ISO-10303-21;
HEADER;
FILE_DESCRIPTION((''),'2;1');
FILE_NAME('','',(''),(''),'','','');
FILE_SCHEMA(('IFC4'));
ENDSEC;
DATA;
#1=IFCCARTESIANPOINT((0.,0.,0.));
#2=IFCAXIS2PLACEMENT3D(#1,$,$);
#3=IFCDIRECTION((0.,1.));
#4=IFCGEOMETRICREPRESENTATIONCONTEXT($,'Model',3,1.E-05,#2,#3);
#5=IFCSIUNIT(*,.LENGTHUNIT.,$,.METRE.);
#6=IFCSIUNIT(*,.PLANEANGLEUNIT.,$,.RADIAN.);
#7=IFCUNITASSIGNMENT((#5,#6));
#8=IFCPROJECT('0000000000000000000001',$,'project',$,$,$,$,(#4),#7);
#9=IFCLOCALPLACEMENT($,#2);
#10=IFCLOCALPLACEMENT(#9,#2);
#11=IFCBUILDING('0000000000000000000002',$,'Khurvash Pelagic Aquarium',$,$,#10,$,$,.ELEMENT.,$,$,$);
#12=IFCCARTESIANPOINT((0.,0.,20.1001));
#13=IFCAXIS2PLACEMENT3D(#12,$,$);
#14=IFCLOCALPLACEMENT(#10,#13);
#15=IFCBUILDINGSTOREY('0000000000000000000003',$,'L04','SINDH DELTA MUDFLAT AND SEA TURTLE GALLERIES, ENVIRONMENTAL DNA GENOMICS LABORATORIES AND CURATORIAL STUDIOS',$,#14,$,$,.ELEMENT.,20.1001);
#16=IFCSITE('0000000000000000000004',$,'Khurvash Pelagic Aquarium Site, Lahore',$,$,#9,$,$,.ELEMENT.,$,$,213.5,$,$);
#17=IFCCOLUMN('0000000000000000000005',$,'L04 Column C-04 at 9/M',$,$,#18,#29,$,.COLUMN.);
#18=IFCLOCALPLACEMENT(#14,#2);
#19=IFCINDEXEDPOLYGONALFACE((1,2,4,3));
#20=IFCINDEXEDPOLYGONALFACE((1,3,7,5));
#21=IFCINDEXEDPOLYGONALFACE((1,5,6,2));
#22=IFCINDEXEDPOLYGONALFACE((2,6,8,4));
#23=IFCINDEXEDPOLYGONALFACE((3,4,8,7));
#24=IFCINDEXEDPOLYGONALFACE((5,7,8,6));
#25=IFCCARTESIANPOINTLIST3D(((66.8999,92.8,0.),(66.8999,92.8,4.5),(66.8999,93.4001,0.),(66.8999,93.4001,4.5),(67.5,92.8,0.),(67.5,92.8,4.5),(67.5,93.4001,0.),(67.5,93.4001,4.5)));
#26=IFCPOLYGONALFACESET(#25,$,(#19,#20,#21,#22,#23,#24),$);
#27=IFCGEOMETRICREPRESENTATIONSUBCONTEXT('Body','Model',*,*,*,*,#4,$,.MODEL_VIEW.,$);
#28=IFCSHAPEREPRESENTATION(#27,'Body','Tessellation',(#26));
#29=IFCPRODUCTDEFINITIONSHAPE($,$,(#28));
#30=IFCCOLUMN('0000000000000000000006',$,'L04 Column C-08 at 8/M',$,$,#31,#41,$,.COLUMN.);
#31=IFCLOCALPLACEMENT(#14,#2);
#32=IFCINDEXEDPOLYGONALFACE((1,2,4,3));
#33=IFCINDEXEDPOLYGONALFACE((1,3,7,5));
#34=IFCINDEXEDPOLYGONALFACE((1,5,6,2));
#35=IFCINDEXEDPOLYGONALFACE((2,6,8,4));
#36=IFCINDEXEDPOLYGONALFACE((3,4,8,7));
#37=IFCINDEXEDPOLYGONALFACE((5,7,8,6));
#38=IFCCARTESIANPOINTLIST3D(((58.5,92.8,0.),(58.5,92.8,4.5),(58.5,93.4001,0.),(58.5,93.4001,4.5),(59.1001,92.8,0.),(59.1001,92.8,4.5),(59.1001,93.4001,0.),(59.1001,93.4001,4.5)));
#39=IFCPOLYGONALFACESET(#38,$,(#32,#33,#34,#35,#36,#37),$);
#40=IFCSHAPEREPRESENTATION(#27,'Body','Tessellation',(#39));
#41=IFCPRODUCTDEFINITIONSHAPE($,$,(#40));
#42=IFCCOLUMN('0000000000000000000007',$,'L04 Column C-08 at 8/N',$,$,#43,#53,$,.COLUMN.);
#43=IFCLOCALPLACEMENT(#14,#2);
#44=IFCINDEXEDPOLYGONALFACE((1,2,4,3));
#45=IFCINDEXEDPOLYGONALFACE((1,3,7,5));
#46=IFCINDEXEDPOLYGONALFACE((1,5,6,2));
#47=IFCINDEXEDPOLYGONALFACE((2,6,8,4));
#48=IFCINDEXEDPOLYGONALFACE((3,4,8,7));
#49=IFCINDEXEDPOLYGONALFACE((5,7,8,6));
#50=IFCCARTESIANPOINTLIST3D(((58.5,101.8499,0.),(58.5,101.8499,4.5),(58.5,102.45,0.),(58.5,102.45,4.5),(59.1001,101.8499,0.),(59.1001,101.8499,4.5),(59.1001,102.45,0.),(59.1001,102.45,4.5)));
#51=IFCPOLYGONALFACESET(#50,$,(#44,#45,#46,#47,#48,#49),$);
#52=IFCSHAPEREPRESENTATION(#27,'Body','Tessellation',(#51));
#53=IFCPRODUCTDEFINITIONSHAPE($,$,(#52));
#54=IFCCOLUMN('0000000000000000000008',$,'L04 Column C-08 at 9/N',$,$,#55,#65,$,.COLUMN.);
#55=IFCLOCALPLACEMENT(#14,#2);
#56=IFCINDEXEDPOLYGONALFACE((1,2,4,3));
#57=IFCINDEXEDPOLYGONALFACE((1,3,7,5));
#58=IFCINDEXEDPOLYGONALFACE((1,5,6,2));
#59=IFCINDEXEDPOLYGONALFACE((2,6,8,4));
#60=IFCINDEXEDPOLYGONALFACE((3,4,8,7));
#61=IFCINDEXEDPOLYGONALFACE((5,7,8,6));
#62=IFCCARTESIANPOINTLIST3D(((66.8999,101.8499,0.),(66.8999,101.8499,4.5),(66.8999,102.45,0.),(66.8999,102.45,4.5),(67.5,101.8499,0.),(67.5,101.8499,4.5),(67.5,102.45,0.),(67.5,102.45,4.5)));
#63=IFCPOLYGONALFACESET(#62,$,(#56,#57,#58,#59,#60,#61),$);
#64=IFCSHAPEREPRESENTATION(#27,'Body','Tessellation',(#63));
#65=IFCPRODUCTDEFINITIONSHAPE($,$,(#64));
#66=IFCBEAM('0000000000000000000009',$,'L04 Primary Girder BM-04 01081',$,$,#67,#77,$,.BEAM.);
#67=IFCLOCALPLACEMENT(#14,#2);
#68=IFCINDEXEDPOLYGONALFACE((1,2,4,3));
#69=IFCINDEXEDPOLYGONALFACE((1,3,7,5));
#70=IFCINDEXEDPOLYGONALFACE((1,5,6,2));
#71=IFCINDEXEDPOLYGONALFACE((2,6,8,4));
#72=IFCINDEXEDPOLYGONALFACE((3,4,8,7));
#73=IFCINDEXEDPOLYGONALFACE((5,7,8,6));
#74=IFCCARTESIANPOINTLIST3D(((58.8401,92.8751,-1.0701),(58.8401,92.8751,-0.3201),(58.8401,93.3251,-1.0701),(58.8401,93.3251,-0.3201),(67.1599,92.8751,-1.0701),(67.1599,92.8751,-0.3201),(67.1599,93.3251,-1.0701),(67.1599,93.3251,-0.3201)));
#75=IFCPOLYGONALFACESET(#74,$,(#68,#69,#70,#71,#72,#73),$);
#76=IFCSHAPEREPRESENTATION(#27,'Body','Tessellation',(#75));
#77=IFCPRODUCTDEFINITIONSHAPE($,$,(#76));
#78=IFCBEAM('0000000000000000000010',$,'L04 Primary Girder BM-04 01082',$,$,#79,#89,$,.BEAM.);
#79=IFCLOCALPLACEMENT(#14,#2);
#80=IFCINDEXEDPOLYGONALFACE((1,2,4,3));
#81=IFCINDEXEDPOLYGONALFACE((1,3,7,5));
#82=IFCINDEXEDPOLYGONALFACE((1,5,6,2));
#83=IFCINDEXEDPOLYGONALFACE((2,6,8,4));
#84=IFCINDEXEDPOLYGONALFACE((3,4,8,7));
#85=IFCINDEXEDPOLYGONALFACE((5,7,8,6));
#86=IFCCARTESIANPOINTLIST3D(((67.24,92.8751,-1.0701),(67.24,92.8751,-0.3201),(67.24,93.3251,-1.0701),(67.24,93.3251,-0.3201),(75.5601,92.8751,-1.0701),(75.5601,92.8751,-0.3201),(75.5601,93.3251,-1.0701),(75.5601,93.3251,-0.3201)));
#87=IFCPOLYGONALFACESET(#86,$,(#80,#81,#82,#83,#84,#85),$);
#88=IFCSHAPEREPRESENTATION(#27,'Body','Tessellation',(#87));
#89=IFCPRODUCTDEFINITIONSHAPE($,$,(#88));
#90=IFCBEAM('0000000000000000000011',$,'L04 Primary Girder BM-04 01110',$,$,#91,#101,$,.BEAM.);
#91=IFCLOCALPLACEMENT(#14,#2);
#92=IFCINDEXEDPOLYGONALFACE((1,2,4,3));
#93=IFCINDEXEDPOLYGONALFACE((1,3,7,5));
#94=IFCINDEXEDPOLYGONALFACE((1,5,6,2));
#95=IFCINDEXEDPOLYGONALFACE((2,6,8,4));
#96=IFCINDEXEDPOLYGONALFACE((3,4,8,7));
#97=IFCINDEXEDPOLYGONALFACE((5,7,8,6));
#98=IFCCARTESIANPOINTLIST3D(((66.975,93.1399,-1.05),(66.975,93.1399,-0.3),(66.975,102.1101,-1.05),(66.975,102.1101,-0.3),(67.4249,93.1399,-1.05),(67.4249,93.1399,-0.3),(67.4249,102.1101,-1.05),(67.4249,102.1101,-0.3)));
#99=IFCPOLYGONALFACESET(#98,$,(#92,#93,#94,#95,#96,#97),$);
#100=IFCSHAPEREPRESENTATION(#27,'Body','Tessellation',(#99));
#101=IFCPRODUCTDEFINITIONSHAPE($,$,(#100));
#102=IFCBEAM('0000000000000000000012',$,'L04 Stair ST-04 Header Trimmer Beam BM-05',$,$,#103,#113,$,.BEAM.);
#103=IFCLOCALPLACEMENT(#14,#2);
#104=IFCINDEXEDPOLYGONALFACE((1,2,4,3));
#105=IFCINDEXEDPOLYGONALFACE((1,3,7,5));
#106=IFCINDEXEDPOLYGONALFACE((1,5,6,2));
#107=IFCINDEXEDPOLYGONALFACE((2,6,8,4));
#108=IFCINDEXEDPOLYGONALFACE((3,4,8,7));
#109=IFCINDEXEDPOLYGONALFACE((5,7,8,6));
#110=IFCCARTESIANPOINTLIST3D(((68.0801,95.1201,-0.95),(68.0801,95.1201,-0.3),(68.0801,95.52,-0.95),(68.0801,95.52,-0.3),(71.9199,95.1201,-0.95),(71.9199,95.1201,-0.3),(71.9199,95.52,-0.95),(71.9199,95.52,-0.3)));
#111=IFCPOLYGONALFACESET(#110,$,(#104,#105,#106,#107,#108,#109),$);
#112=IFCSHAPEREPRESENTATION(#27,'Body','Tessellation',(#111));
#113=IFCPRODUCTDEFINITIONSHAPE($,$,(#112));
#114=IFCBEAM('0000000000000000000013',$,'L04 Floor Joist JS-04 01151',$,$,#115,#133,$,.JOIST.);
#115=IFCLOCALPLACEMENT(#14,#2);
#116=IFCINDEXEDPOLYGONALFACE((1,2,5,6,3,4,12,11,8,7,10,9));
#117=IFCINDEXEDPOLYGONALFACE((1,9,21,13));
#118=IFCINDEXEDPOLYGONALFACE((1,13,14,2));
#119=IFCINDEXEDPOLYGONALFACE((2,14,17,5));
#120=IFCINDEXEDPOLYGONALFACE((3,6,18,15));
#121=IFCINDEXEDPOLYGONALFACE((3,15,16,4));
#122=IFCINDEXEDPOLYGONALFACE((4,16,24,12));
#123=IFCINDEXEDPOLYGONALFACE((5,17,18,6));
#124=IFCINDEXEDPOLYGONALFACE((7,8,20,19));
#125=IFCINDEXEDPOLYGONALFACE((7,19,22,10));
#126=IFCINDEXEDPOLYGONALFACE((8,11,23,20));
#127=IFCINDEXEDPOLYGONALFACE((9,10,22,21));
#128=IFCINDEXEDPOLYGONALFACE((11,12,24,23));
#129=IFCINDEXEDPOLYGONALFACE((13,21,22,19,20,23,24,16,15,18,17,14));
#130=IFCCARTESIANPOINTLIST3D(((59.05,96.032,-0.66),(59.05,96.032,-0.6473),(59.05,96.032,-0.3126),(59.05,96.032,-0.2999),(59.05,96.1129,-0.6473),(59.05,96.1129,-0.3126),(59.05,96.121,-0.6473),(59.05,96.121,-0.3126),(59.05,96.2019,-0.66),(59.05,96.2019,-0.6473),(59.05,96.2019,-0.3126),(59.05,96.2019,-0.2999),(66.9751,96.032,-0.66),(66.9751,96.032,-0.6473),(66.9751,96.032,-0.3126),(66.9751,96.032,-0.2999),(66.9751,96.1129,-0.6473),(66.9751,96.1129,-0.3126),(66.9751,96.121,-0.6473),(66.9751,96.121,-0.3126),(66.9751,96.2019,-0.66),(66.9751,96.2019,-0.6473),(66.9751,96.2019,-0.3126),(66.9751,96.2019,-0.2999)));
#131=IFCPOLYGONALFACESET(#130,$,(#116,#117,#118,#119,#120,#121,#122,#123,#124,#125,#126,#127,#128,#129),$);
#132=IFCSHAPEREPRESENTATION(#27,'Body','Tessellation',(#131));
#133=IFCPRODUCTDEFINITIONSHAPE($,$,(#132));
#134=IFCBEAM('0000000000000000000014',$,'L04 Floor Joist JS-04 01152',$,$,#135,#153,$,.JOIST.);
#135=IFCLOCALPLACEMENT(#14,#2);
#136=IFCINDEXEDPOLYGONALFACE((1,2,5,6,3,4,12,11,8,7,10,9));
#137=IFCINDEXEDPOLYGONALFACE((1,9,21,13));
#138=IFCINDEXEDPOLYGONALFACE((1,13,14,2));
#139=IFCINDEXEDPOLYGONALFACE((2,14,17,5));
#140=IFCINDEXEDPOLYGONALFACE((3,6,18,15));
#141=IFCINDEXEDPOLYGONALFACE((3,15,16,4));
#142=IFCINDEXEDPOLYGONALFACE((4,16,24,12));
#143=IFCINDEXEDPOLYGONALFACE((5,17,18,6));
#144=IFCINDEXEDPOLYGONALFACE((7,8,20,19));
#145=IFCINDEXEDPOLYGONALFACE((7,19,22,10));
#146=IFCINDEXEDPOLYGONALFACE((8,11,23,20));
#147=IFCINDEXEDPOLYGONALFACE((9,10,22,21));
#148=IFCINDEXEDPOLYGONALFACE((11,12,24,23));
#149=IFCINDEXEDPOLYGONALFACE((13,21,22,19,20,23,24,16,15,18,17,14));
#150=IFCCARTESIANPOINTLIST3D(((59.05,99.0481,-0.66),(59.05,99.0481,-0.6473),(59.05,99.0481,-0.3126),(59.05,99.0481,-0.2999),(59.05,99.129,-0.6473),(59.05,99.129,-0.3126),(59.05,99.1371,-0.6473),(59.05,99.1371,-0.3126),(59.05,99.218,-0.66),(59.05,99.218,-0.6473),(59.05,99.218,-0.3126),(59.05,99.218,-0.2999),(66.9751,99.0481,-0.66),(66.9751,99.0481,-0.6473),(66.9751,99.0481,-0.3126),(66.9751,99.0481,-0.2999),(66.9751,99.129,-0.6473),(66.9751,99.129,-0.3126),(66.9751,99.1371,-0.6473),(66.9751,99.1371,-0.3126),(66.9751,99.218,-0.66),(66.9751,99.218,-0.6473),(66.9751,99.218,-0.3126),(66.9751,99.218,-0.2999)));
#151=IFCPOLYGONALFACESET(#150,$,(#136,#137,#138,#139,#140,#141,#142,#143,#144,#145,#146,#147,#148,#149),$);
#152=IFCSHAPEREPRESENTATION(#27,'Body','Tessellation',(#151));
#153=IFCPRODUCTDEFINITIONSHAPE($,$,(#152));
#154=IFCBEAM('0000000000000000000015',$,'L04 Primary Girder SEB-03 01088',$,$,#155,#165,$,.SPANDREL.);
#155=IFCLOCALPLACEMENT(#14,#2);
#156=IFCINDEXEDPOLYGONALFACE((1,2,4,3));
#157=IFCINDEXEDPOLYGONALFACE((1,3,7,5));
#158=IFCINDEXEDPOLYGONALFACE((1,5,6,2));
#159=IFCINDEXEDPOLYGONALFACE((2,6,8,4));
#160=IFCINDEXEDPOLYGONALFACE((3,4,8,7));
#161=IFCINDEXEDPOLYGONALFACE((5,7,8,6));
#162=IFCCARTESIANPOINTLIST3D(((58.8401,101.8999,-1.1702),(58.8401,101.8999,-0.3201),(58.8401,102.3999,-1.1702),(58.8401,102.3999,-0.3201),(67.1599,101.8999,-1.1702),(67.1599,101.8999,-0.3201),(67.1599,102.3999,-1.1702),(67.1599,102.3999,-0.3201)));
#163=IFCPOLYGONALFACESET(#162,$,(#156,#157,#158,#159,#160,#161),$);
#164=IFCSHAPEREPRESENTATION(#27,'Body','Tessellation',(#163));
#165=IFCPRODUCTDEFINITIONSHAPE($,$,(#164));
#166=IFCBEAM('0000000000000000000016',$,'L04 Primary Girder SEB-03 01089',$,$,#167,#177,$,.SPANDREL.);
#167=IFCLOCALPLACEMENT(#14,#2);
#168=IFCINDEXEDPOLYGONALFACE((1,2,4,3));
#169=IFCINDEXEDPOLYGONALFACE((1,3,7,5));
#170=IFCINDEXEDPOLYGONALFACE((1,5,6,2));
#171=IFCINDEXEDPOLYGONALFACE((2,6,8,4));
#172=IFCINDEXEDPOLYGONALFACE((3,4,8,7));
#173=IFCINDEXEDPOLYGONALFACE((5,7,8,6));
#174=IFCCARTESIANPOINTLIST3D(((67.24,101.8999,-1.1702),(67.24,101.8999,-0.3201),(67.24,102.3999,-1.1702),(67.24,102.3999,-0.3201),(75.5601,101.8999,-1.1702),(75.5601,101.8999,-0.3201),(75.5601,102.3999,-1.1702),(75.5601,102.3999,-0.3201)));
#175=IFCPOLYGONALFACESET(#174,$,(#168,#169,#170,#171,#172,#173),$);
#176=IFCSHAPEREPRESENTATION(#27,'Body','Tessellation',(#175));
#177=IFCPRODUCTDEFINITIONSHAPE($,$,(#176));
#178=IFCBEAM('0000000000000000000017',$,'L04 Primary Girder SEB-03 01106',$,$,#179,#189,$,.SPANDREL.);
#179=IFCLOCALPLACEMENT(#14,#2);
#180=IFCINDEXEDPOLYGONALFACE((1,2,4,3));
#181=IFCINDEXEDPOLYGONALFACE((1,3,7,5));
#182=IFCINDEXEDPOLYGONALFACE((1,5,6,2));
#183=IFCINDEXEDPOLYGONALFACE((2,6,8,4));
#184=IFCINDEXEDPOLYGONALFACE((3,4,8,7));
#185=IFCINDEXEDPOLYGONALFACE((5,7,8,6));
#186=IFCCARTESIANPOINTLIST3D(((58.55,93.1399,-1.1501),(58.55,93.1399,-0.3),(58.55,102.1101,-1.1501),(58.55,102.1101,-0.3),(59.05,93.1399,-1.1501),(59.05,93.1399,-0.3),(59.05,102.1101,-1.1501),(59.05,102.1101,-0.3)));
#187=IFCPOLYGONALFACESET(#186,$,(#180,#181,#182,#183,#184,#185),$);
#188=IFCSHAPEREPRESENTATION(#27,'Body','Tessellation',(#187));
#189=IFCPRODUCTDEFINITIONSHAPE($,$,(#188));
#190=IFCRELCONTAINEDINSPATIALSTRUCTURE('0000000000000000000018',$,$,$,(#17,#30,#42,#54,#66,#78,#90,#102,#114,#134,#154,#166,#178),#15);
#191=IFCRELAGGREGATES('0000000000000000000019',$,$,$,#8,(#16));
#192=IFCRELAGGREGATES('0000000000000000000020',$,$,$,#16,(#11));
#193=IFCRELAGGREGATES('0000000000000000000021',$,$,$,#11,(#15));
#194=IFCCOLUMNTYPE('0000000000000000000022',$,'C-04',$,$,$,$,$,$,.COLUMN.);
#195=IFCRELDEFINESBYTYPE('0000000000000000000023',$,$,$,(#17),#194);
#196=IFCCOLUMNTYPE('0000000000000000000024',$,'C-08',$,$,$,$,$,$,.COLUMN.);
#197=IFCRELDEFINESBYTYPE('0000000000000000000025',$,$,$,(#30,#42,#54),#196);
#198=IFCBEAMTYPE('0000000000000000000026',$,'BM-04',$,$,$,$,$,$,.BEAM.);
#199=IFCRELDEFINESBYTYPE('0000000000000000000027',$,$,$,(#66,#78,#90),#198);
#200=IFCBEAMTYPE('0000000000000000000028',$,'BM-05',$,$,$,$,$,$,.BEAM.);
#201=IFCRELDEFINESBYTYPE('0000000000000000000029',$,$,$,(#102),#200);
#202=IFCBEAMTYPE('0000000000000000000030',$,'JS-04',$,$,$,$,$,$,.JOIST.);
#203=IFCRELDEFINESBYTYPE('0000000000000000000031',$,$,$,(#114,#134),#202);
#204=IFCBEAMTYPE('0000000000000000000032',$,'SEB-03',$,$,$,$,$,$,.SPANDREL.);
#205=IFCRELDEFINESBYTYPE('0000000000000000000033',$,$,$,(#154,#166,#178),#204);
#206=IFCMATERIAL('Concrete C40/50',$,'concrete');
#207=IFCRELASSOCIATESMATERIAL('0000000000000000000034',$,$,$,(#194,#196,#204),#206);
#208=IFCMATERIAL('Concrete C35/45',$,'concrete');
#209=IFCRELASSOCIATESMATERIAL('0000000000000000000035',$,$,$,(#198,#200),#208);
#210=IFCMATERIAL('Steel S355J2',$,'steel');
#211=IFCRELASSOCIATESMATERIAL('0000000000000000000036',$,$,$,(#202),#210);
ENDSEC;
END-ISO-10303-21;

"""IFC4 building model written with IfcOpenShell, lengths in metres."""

from ifc_helpers import new_model, si_unit, direction, frame, origin, origin_2d, place, context, subcontext, project, spatial, rectangle, i_section, extrude, material, material_profile, profile_set, type_object, element, save


model = new_model("IFC4")

# Units and contexts
model_context = context("Model", 3, precision=1e-05, world=origin(), true_north=direction((0.0, 1.0)))
body_context = subcontext(model_context, "Body", "Model", "MODEL_VIEW")
ifc_project = project(units=[si_unit("LENGTHUNIT", "METRE"), si_unit("PLANEANGLEUNIT", "RADIAN")], contexts=[model_context])

# Site, building, storey
site_placement = place(None, origin())
site = spatial("IfcSite", under=ifc_project, at=site_placement, Name="Khurvash Pelagic Aquarium Site, Lahore", CompositionType="ELEMENT", RefElevation=213.5)
building_placement = place(site_placement, origin())
building = spatial("IfcBuilding", under=site, at=building_placement, Name="Khurvash Pelagic Aquarium", CompositionType="ELEMENT")
storey_placement = place(building_placement, frame((0.0, 0.0, 20.1001)))
storey = spatial("IfcBuildingStorey", under=building, at=storey_placement, Name="L04", Description="SINDH DELTA MUDFLAT AND SEA TURTLE GALLERIES, ENVIRONMENTAL DNA GENOMICS LABORATORIES AND CURATORIAL STUDIOS", CompositionType="ELEMENT", Elevation=20.1001)

# Columns
ifc_material_1 = material(Name="Concrete C40/50", Category="concrete")
ifc_material_profile_1 = material_profile(ifc_material_1, rectangle(XDim=0.6001, YDim=0.6001, at=origin_2d()), Name="RC600X600")
ifc_profile_set_1 = profile_set([ifc_material_profile_1], Name="Concrete C40/50")
column_type_1 = type_object("IfcColumnType", Name="C-04", PredefinedType="COLUMN", material=ifc_profile_set_1)
column_placement = place(storey_placement, frame((67.2, 93.1001, 0.0), z_axis=(0.0, 0.0, 1.0), x_axis=(1.0, 0.0, 0.0)))
element("IfcColumn", 1, at=column_placement, inside=storey, type_object=column_type_1, Name="L04 Column C-04 at 9/M", PredefinedType="COLUMN", context=body_context, shape_type="SweptSolid", body=[
    extrude(rectangle(XDim=0.6001, YDim=0.6001, at=origin_2d()), origin(), (0.0, 0.0, 1.0), 4.5),
])
ifc_material_profile_2 = material_profile(ifc_material_1, rectangle(XDim=0.6001, YDim=0.6001, at=origin_2d()), Name="RC600X600")
ifc_profile_set_2 = profile_set([ifc_material_profile_2], Name="Concrete C40/50")
column_type_2 = type_object("IfcColumnType", Name="C-08", PredefinedType="COLUMN", material=ifc_profile_set_2)
for number, where, z_axis, x_axis, name in (
    (2, (58.8, 93.1001, 0.0), (0.0, 0.0, 1.0), (1.0, 0.0, 0.0), "L04 Column C-08 at 8/M"),
    (3, (58.8, 102.1499, 0.0), (0.0, 0.0, 1.0), (1.0, 0.0, 0.0), "L04 Column C-08 at 8/N"),
    (4, (67.2, 102.1499, 0.0), (0.0, 0.0, 1.0), (1.0, 0.0, 0.0), "L04 Column C-08 at 9/N"),
):
    element("IfcColumn", number, at=place(storey_placement, frame(where, z_axis=z_axis, x_axis=x_axis)), inside=storey, type_object=column_type_2, Name=name, PredefinedType="COLUMN", context=body_context, shape_type="SweptSolid", body=[
        extrude(rectangle(XDim=0.6001, YDim=0.6001, at=origin_2d()), origin(), (0.0, 0.0, 1.0), 4.5),
    ])

# Beams
ifc_material_2 = material(Name="Concrete C35/45", Category="concrete")
ifc_material_profile_3 = material_profile(ifc_material_2, rectangle(XDim=0.45, YDim=0.75, at=origin_2d()), Name="RC450X750")
ifc_profile_set_3 = profile_set([ifc_material_profile_3], Name="Concrete C35/45")
beam_type_1 = type_object("IfcBeamType", Name="BM-04", PredefinedType="BEAM", material=ifc_profile_set_3)
beam_1_placement = place(storey_placement, frame((58.8401, 93.1001, -0.6951), z_axis=(1.0, 0.0, 0.0), x_axis=(0.0, 1.0, 0.0)))
element("IfcBeam", 5, at=beam_1_placement, inside=storey, type_object=beam_type_1, Name="L04 Primary Girder BM-04 01081", PredefinedType="BEAM", context=body_context, shape_type="SweptSolid", body=[
    extrude(rectangle(XDim=0.45, YDim=0.75, at=origin_2d()), origin(), (0.0, 0.0, 1.0), 8.3198),
])
beam_2_placement = place(storey_placement, frame((67.24, 93.1001, -0.6951), z_axis=(1.0, 0.0, 0.0), x_axis=(0.0, 1.0, 0.0)))
element("IfcBeam", 6, at=beam_2_placement, inside=storey, type_object=beam_type_1, Name="L04 Primary Girder BM-04 01082", PredefinedType="BEAM", context=body_context, shape_type="SweptSolid", body=[
    extrude(rectangle(XDim=0.45, YDim=0.75, at=origin_2d()), origin(), (0.0, 0.0, 1.0), 8.3201),
])
beam_3_placement = place(storey_placement, frame((67.2, 93.1399, -0.675), z_axis=(0.0, 1.0, 0.0), x_axis=(-1.0, 0.0, 0.0)))
element("IfcBeam", 7, at=beam_3_placement, inside=storey, type_object=beam_type_1, Name="L04 Primary Girder BM-04 01110", PredefinedType="BEAM", context=body_context, shape_type="SweptSolid", body=[
    extrude(rectangle(XDim=0.45, YDim=0.75, at=origin_2d()), origin(), (0.0, 0.0, 1.0), 8.9702),
])
ifc_material_profile_4 = material_profile(ifc_material_2, rectangle(XDim=0.3999, YDim=0.6499, at=origin_2d()), Name="RC400X650")
ifc_profile_set_4 = profile_set([ifc_material_profile_4], Name="Concrete C35/45")
beam_type_2 = type_object("IfcBeamType", Name="BM-05", PredefinedType="BEAM", material=ifc_profile_set_4)
beam_4_placement = place(storey_placement, frame((68.0801, 95.3201, -0.625), z_axis=(1.0, 0.0, 0.0), x_axis=(0.0, 1.0, 0.0)))
element("IfcBeam", 8, at=beam_4_placement, inside=storey, type_object=beam_type_2, Name="L04 Stair ST-04 Header Trimmer Beam BM-05", PredefinedType="BEAM", context=body_context, shape_type="SweptSolid", body=[
    extrude(rectangle(XDim=0.3999, YDim=0.6499, at=origin_2d()), origin(), (0.0, 0.0, 1.0), 3.8398),
])
ifc_material_3 = material(Name="Steel S355J2", Category="steel")
ifc_material_profile_5 = material_profile(ifc_material_3, i_section(OverallWidth=0.1699, OverallDepth=0.3601, WebThickness=0.0081, FlangeThickness=0.0127, at=origin_2d()), Name="IPE360")
ifc_profile_set_5 = profile_set([ifc_material_profile_5], Name="Steel S355J2")
beam_type_3 = type_object("IfcBeamType", Name="JS-04", PredefinedType="JOIST", material=ifc_profile_set_5)
for number, where, z_axis, x_axis, name in (
    (9, (59.05, 96.1169, -0.48), (1.0, 0.0, 0.0), (0.0, 1.0, 0.0), "L04 Floor Joist JS-04 01151"),
    (10, (59.05, 99.1331, -0.48), (1.0, 0.0, 0.0), (0.0, 1.0, 0.0), "L04 Floor Joist JS-04 01152"),
):
    element("IfcBeam", number, at=place(storey_placement, frame(where, z_axis=z_axis, x_axis=x_axis)), inside=storey, type_object=beam_type_3, Name=name, PredefinedType="JOIST", context=body_context, shape_type="SweptSolid", body=[
        extrude(i_section(OverallWidth=0.1699, OverallDepth=0.3601, WebThickness=0.0081, FlangeThickness=0.0127, at=origin_2d()), origin(), (0.0, 0.0, 1.0), 7.925),
    ])
ifc_material_profile_6 = material_profile(ifc_material_1, rectangle(XDim=0.5, YDim=0.8501, at=origin_2d()), Name="RC500X850")
ifc_profile_set_6 = profile_set([ifc_material_profile_6], Name="Concrete C40/50")
beam_type_4 = type_object("IfcBeamType", Name="SEB-03", PredefinedType="SPANDREL", material=ifc_profile_set_6)
beam_5_placement = place(storey_placement, frame((58.8401, 102.1499, -0.7451), z_axis=(1.0, 0.0, 0.0), x_axis=(0.0, 1.0, 0.0)))
element("IfcBeam", 11, at=beam_5_placement, inside=storey, type_object=beam_type_4, Name="L04 Primary Girder SEB-03 01088", PredefinedType="SPANDREL", context=body_context, shape_type="SweptSolid", body=[
    extrude(rectangle(XDim=0.5, YDim=0.8501, at=origin_2d()), origin(), (0.0, 0.0, 1.0), 8.3198),
])
beam_6_placement = place(storey_placement, frame((67.24, 102.1499, -0.7451), z_axis=(1.0, 0.0, 0.0), x_axis=(0.0, 1.0, 0.0)))
element("IfcBeam", 12, at=beam_6_placement, inside=storey, type_object=beam_type_4, Name="L04 Primary Girder SEB-03 01089", PredefinedType="SPANDREL", context=body_context, shape_type="SweptSolid", body=[
    extrude(rectangle(XDim=0.5, YDim=0.8501, at=origin_2d()), origin(), (0.0, 0.0, 1.0), 8.3201),
])
beam_7_placement = place(storey_placement, frame((58.8, 93.1399, -0.7251), z_axis=(0.0, 1.0, 0.0), x_axis=(-1.0, 0.0, 0.0)))
element("IfcBeam", 13, at=beam_7_placement, inside=storey, type_object=beam_type_4, Name="L04 Primary Girder SEB-03 01106", PredefinedType="SPANDREL", context=body_context, shape_type="SweptSolid", body=[
    extrude(rectangle(XDim=0.5, YDim=0.8501, at=origin_2d()), origin(), (0.0, 0.0, 1.0), 8.9702),
])

save(model, "model.ifc")
